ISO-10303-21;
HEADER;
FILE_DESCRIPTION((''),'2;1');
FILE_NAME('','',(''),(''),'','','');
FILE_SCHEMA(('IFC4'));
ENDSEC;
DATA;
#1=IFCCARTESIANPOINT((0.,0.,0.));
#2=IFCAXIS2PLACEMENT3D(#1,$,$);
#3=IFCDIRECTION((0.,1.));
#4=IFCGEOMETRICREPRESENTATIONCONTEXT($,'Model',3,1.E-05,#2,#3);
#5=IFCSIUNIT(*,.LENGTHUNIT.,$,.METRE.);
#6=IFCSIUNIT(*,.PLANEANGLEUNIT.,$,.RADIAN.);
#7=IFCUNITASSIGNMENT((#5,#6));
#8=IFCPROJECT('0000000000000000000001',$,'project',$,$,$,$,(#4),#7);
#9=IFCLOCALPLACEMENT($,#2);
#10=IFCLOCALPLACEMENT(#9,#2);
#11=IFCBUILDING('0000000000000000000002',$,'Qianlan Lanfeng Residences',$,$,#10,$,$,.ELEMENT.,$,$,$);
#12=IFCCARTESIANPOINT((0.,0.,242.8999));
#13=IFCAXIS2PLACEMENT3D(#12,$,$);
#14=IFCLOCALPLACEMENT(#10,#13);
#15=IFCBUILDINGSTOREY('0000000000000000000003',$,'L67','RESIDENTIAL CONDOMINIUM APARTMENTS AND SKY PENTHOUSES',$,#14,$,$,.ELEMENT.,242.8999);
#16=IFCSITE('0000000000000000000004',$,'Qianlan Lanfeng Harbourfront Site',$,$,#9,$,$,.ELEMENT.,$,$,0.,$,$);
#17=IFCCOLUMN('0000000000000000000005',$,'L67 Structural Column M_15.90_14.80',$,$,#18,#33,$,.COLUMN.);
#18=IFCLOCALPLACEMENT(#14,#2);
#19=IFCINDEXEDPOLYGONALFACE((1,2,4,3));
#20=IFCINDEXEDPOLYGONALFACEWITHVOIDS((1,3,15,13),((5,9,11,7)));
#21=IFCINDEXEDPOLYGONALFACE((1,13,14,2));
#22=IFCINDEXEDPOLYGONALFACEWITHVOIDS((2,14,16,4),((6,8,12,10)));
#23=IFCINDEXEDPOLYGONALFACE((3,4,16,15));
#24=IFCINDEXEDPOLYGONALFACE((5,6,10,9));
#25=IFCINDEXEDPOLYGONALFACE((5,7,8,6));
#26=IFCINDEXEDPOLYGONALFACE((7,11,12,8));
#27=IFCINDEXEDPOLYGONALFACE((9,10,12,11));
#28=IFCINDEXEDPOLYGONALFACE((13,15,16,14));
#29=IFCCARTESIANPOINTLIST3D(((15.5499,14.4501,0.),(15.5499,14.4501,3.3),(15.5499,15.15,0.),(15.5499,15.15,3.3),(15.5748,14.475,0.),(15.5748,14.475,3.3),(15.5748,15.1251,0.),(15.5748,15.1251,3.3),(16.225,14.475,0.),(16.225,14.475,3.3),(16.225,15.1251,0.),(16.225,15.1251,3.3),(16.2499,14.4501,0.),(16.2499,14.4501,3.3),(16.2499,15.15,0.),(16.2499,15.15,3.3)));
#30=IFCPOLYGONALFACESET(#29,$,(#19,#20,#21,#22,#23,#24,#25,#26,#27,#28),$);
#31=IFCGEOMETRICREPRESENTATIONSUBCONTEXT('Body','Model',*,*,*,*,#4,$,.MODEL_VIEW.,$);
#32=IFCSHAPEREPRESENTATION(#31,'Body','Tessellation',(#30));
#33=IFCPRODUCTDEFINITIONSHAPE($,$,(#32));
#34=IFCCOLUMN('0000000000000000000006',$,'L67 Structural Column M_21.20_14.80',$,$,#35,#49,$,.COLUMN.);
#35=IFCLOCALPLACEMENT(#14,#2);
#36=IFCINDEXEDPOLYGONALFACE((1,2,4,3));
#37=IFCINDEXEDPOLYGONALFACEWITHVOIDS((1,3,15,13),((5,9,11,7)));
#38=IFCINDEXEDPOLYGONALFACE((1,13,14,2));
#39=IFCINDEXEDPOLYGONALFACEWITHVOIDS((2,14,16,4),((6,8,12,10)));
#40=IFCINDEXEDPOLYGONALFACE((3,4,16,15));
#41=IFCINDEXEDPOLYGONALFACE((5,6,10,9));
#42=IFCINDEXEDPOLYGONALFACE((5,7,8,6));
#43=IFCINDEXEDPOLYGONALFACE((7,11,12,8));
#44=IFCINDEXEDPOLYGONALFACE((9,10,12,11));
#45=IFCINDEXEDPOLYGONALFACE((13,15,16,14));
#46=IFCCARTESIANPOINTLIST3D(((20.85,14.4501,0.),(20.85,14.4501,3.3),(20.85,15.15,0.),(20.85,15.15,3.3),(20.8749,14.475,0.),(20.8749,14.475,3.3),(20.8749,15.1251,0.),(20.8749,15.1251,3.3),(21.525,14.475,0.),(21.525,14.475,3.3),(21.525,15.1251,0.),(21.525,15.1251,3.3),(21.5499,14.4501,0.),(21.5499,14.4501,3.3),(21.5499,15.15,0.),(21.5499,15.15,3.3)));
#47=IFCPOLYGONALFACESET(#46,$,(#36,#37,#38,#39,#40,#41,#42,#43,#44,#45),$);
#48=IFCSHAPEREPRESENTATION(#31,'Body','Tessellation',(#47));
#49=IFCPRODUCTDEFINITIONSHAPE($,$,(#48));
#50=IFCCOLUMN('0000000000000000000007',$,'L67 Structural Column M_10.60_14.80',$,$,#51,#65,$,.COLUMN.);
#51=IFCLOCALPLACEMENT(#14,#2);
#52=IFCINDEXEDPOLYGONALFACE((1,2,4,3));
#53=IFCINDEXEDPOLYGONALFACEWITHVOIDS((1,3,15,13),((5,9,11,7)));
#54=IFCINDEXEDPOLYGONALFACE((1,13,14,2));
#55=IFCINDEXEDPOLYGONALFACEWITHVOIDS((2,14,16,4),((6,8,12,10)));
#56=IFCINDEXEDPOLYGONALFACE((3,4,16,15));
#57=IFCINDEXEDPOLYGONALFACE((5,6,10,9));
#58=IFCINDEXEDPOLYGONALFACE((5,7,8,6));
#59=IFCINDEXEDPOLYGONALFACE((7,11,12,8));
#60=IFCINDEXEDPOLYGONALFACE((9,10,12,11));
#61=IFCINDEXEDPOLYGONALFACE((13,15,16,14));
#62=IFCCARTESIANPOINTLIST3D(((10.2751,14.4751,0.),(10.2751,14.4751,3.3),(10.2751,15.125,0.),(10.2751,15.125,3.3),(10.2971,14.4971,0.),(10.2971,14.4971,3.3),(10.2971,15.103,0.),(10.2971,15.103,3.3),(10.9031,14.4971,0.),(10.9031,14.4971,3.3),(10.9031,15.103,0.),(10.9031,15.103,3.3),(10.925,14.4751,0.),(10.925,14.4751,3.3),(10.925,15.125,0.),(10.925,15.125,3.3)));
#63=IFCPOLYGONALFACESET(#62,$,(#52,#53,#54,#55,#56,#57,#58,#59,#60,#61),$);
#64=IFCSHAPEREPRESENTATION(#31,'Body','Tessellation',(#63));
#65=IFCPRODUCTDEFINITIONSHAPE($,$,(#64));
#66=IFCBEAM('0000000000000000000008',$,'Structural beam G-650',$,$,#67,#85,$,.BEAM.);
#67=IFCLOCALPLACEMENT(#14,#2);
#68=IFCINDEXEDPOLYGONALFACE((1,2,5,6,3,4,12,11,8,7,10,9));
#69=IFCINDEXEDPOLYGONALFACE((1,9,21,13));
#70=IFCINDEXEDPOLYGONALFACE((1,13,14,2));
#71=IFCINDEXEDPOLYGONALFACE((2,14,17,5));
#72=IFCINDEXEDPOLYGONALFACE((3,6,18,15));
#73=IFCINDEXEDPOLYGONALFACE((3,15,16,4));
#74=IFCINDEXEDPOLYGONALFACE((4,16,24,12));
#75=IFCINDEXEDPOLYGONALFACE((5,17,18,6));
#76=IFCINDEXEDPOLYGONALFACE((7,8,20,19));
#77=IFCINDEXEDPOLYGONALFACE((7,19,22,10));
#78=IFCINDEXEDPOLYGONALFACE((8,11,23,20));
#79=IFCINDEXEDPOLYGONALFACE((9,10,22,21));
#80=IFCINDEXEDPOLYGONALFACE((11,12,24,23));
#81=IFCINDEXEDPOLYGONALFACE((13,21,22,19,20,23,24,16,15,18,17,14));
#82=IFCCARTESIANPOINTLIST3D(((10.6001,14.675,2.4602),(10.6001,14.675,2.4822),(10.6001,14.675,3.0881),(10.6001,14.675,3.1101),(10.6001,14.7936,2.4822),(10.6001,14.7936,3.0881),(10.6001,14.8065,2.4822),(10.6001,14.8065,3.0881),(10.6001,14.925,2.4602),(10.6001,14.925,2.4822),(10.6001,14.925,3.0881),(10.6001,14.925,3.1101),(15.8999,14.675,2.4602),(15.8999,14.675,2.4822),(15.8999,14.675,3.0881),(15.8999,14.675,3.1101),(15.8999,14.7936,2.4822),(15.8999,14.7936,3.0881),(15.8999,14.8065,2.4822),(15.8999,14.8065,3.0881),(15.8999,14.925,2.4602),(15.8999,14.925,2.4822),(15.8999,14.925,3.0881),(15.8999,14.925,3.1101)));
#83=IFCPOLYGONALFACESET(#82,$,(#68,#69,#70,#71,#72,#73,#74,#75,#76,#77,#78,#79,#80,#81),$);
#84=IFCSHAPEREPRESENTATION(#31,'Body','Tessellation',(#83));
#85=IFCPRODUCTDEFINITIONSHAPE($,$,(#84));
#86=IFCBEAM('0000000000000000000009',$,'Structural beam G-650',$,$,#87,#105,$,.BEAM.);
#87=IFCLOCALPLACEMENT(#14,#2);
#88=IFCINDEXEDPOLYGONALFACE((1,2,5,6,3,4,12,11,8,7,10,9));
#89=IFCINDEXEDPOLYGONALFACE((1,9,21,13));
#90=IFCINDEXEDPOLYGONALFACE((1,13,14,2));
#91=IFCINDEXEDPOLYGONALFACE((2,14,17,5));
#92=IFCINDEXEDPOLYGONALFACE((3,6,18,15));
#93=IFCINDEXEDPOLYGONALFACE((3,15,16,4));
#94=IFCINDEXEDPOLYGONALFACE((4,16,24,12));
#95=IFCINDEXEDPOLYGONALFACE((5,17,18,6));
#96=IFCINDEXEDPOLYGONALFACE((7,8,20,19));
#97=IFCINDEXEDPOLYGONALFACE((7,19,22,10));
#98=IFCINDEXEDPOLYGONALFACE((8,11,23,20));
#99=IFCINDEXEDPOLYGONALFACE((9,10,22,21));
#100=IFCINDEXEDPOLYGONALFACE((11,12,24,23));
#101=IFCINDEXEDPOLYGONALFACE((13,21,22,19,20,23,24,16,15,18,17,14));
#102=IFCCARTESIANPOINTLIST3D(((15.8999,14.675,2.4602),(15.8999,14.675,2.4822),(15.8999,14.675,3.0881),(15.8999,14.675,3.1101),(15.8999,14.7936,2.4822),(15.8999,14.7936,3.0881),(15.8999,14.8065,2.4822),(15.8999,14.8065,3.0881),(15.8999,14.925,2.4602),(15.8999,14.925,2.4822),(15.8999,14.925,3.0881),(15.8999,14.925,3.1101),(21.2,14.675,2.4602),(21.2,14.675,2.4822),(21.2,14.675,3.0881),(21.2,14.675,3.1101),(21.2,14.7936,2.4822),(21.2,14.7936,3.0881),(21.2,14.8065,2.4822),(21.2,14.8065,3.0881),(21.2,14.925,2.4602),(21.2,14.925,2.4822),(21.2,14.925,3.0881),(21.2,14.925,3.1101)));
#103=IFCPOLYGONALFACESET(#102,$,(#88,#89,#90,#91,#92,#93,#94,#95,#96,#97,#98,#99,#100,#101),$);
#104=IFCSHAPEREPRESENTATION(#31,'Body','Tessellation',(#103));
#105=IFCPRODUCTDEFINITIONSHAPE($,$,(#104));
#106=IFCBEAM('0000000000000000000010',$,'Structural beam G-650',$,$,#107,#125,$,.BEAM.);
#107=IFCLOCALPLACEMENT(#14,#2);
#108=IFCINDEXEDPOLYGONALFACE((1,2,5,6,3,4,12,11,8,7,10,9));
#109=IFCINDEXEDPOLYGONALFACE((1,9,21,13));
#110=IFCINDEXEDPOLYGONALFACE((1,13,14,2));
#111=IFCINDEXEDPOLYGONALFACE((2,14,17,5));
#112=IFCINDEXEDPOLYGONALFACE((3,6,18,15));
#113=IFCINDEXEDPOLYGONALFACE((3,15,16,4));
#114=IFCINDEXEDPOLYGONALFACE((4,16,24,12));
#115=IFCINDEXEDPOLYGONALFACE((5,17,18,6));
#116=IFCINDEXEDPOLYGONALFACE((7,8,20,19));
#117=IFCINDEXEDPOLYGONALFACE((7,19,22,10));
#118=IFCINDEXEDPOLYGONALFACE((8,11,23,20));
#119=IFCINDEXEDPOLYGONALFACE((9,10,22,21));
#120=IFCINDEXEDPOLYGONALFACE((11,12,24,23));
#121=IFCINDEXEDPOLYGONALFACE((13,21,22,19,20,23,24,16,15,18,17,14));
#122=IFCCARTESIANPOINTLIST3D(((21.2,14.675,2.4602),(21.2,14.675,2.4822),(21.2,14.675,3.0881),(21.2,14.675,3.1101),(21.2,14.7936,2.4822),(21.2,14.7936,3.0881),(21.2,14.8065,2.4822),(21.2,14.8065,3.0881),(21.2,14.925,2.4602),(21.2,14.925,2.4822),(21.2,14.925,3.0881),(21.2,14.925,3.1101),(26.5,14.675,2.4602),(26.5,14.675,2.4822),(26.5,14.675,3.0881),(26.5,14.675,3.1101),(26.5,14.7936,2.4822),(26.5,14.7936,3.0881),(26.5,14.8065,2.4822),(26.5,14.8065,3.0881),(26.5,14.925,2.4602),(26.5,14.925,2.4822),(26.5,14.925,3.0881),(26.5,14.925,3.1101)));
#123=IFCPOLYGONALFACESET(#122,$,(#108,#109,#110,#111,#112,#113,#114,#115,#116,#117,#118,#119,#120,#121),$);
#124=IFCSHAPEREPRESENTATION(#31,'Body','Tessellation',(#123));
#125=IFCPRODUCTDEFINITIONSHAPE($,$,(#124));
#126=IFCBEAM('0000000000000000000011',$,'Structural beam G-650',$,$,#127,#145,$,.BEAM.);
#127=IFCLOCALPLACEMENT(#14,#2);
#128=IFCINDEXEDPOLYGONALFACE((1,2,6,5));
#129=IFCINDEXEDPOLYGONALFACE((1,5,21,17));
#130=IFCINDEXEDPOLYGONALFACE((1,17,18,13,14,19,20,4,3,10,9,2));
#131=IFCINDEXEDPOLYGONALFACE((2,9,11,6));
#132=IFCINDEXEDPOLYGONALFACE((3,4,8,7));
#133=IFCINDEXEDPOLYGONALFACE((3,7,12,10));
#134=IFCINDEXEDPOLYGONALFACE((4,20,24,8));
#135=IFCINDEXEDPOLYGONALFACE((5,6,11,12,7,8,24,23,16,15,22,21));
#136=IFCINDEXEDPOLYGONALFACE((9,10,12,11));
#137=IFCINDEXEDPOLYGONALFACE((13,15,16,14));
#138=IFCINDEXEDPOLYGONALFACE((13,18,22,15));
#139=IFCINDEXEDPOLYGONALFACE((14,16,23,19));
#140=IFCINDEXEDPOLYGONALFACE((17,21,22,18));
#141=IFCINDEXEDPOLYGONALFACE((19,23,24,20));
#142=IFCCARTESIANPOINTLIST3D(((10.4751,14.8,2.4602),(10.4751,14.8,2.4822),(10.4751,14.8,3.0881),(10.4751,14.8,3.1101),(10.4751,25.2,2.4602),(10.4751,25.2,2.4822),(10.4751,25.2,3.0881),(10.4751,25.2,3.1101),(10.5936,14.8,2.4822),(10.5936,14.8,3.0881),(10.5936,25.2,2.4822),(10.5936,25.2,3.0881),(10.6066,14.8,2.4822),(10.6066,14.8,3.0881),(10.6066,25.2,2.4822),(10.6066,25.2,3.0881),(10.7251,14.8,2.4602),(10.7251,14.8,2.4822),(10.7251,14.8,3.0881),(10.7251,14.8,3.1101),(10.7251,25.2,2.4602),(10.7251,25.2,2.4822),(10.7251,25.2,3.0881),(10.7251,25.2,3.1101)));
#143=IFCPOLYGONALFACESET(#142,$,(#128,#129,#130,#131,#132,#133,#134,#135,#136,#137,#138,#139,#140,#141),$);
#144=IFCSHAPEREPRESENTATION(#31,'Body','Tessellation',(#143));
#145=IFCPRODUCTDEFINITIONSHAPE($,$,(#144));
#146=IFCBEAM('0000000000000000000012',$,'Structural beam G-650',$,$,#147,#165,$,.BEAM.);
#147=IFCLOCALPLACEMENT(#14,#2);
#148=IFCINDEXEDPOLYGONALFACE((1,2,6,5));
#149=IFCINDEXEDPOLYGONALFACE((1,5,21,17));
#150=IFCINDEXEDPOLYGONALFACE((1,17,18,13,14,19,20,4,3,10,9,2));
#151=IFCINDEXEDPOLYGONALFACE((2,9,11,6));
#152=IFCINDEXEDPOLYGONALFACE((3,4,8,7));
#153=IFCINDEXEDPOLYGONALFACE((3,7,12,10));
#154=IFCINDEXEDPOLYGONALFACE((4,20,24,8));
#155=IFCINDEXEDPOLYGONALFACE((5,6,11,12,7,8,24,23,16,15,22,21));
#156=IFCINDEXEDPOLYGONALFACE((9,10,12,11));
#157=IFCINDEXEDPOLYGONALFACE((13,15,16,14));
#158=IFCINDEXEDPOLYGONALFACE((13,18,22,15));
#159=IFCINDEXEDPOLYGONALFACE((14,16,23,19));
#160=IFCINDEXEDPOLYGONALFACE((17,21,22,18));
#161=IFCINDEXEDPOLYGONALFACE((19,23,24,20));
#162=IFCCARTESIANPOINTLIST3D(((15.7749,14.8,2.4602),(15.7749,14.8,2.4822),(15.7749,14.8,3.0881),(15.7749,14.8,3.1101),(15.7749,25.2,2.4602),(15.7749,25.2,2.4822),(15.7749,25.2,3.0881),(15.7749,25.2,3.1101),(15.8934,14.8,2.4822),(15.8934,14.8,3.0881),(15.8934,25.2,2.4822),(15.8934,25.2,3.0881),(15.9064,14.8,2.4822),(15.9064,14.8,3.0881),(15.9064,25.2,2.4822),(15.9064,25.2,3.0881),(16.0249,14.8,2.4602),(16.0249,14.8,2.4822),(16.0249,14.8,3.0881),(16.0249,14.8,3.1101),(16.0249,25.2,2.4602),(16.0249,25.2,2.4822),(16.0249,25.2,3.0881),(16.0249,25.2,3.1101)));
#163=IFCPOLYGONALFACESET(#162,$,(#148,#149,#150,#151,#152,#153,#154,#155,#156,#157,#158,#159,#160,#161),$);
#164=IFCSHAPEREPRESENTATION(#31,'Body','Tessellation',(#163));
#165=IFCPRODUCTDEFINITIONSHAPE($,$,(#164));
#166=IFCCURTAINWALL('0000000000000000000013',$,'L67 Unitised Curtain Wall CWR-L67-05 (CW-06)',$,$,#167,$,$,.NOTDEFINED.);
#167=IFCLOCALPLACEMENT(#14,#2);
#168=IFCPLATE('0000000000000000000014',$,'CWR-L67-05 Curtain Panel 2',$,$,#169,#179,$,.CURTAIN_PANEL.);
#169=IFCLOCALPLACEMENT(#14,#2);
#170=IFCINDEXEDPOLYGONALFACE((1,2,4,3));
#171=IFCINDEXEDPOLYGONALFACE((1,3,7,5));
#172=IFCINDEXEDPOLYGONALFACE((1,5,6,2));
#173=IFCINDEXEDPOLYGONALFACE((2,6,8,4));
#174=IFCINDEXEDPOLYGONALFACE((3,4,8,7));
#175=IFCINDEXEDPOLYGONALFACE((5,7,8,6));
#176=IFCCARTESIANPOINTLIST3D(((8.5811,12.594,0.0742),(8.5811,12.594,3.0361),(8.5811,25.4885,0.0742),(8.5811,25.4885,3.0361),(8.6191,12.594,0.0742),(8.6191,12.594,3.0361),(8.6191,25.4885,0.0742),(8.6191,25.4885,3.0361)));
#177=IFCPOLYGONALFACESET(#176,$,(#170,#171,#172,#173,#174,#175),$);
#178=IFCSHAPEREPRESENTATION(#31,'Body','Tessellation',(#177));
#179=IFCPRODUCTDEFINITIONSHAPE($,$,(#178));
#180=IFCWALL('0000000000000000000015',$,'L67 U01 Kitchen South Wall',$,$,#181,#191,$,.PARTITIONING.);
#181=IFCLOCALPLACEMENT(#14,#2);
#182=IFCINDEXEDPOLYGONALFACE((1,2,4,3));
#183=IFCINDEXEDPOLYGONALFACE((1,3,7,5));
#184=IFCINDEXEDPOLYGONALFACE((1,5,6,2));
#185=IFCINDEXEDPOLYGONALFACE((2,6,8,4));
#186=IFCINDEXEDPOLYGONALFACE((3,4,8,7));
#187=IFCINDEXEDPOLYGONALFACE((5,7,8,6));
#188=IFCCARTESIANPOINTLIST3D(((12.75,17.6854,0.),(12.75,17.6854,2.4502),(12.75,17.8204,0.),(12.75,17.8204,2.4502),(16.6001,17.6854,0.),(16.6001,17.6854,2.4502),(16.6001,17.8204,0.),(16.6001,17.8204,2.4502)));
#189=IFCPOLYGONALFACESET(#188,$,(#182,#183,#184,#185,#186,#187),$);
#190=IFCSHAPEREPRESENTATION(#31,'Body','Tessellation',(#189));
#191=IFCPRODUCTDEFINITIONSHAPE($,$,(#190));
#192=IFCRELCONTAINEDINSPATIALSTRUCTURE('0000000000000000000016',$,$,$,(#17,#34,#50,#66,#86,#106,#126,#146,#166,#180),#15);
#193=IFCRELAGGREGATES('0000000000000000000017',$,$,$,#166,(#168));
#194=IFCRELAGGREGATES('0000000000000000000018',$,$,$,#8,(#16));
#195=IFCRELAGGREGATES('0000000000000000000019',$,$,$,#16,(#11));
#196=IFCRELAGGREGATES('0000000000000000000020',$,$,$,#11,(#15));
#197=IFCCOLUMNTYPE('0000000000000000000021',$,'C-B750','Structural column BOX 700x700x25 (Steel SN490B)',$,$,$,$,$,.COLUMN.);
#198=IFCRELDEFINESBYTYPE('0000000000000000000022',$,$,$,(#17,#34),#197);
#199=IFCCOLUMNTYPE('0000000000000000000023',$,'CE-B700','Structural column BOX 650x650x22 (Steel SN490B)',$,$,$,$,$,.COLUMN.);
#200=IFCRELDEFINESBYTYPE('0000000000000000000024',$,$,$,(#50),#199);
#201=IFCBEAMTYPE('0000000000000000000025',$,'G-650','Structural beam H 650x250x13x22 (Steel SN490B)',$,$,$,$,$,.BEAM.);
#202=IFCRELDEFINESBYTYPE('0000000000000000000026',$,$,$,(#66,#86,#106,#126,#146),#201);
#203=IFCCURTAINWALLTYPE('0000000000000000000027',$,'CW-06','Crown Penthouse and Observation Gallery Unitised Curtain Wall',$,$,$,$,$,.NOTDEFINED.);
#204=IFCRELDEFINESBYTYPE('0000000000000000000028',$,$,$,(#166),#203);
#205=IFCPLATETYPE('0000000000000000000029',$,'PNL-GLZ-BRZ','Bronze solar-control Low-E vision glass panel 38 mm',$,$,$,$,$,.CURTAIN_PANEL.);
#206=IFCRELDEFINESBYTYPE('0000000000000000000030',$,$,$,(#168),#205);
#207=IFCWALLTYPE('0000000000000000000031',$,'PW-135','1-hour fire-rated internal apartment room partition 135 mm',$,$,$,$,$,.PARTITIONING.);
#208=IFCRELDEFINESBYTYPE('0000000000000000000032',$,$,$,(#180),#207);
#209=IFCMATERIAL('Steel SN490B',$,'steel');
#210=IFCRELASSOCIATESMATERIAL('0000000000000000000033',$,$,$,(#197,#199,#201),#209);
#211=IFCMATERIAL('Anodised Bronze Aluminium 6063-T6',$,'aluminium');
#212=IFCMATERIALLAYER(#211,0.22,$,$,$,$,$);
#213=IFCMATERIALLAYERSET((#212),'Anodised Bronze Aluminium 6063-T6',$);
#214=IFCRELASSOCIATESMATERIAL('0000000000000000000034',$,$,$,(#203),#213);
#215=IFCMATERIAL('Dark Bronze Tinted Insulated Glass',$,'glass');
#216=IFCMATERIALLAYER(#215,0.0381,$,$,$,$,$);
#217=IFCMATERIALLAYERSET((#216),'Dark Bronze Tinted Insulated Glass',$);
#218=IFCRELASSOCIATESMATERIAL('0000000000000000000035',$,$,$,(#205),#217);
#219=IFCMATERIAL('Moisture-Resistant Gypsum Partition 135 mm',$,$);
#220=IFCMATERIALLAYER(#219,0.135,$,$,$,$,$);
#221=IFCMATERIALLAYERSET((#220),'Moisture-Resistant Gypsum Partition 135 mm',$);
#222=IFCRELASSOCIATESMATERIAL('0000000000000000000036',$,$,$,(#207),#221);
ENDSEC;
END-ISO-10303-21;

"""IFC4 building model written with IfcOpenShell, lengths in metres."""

from ifc_helpers import new_model, si_unit, direction, frame, frame_2d, origin, origin_2d, place, context, subcontext, project, spatial, rectangle, hollow_rectangle, i_section, extrude, source, transform, mapped, material, layer, layer_set, material_profile, profile_set, type_object, element, aggregate, save


model = new_model("IFC4")

# Units and contexts
model_context = context("Model", 3, precision=1e-05, world=origin(), true_north=direction((0.0, 1.0)))
body_context = subcontext(model_context, "Body", "Model", "MODEL_VIEW")
ifc_project = project(units=[si_unit("LENGTHUNIT", "METRE"), si_unit("PLANEANGLEUNIT", "RADIAN")], contexts=[model_context])

# Site, building, storey
site_placement = place(None, origin())
site = spatial("IfcSite", under=ifc_project, at=site_placement, Name="Qianlan Lanfeng Harbourfront Site", CompositionType="ELEMENT", RefElevation=0.0)
building_placement = place(site_placement, origin())
building = spatial("IfcBuilding", under=site, at=building_placement, Name="Qianlan Lanfeng Residences", CompositionType="ELEMENT")
storey_placement = place(building_placement, frame((0.0, 0.0, 242.8999)))
storey = spatial("IfcBuildingStorey", under=building, at=storey_placement, Name="L67", Description="RESIDENTIAL CONDOMINIUM APARTMENTS AND SKY PENTHOUSES", CompositionType="ELEMENT", Elevation=242.8999)

# Columns
ifc_material_1 = material(Name="Steel SN490B", Category="steel")
ifc_material_profile_1 = material_profile(ifc_material_1, hollow_rectangle(XDim=0.7, YDim=0.7, WallThickness=0.0249, at=origin_2d()), Name="BOX 700x700x25")
ifc_profile_set_1 = profile_set([ifc_material_profile_1], Name="Steel SN490B")
column_type_1 = type_object("IfcColumnType", Name="C-B750", Description="Structural column BOX 700x700x25 (Steel SN490B)", PredefinedType="COLUMN", material=ifc_profile_set_1)
for number, where, z_axis, x_axis, name in (
    (1, (15.8999, 14.8, 0.0), (0.0, 0.0, 1.0), (1.0, 0.0, 0.0), "L67 Structural Column M_15.90_14.80"),
    (2, (21.2, 14.8, 0.0), (0.0, 0.0, 1.0), (1.0, 0.0, 0.0), "L67 Structural Column M_21.20_14.80"),
):
    element("IfcColumn", number, at=place(storey_placement, frame(where, z_axis=z_axis, x_axis=x_axis)), inside=storey, type_object=column_type_1, Name=name, PredefinedType="COLUMN", context=body_context, shape_type="SweptSolid", body=[
        extrude(hollow_rectangle(XDim=0.7, YDim=0.7, WallThickness=0.0249, at=origin_2d()), origin(), (0.0, 0.0, 1.0), 3.3),
    ])
ifc_material_profile_2 = material_profile(ifc_material_1, hollow_rectangle(XDim=0.6499, YDim=0.6499, WallThickness=0.022, at=origin_2d()), Name="BOX 650x650x22")
ifc_profile_set_2 = profile_set([ifc_material_profile_2], Name="Steel SN490B")
column_type_2 = type_object("IfcColumnType", Name="CE-B700", Description="Structural column BOX 650x650x22 (Steel SN490B)", PredefinedType="COLUMN", material=ifc_profile_set_2)
column_placement = place(storey_placement, frame((10.6001, 14.8, 0.0), z_axis=(0.0, 0.0, 1.0), x_axis=(1.0, 0.0, 0.0)))
element("IfcColumn", 3, at=column_placement, inside=storey, type_object=column_type_2, Name="L67 Structural Column M_10.60_14.80", PredefinedType="COLUMN", context=body_context, shape_type="SweptSolid", body=[
    extrude(hollow_rectangle(XDim=0.6499, YDim=0.6499, WallThickness=0.022, at=origin_2d()), origin(), (0.0, 0.0, 1.0), 3.3),
])

# Beams
ifc_material_profile_3 = material_profile(ifc_material_1, i_section(OverallWidth=0.25, OverallDepth=0.6499, WebThickness=0.0129, FlangeThickness=0.022, at=origin_2d()), Name="H 650x250x13x22")
ifc_profile_set_3 = profile_set([ifc_material_profile_3], Name="Steel SN490B")
beam_type = type_object("IfcBeamType", Name="G-650", Description="Structural beam H 650x250x13x22 (Steel SN490B)", PredefinedType="BEAM", material=ifc_profile_set_3)
beam_placement = place(storey_placement, frame((10.6001, 14.8, 2.7852), z_axis=(1.0, 0.0, 0.0), x_axis=(0.0, 1.0, 0.0)))
element("IfcBeam", 4, at=beam_placement, inside=storey, type_object=beam_type, Name="Structural beam G-650", PredefinedType="BEAM", context=body_context, shape_type="SweptSolid", body=[
    extrude(i_section(OverallWidth=0.25, OverallDepth=0.6499, WebThickness=0.0129, FlangeThickness=0.022, at=origin_2d()), origin(), (0.0, 0.0, 1.0), 5.2998),
])
for number, where, z_axis, x_axis, name in (
    (5, (15.8999, 14.8, 2.7852), (1.0, 0.0, 0.0), (0.0, 1.0, 0.0), "Structural beam G-650"),
    (6, (21.2, 14.8, 2.7852), (1.0, 0.0, 0.0), (0.0, 1.0, 0.0), "Structural beam G-650"),
):
    element("IfcBeam", number, at=place(storey_placement, frame(where, z_axis=z_axis, x_axis=x_axis)), inside=storey, type_object=beam_type, Name=name, PredefinedType="BEAM", context=body_context, shape_type="SweptSolid", body=[
        extrude(i_section(OverallWidth=0.25, OverallDepth=0.6499, WebThickness=0.0129, FlangeThickness=0.022, at=origin_2d()), origin(), (0.0, 0.0, 1.0), 5.3),
    ])
for number, where, z_axis, x_axis, name in (
    (7, (10.6001, 14.8, 2.7852), (0.0, 1.0, 0.0), (-1.0, 0.0, 0.0), "Structural beam G-650"),
    (8, (15.8999, 14.8, 2.7852), (0.0, 1.0, 0.0), (-1.0, 0.0, 0.0), "Structural beam G-650"),
):
    element("IfcBeam", number, at=place(storey_placement, frame(where, z_axis=z_axis, x_axis=x_axis)), inside=storey, type_object=beam_type, Name=name, PredefinedType="BEAM", context=body_context, shape_type="SweptSolid", body=[
        extrude(i_section(OverallWidth=0.25, OverallDepth=0.6499, WebThickness=0.0129, FlangeThickness=0.022, at=origin_2d()), origin(), (0.0, 0.0, 1.0), 10.3999),
    ])

# Curtain wall, plate
ifc_material_2 = material(Name="Anodised Bronze Aluminium 6063-T6", Category="aluminium")
ifc_layer_1 = layer(ifc_material_2, 0.22)
ifc_layer_set_1 = layer_set([ifc_layer_1], Name="Anodised Bronze Aluminium 6063-T6")
curtain_wall_type = type_object("IfcCurtainWallType", Name="CW-06", Description="Crown Penthouse and Observation Gallery Unitised Curtain Wall", PredefinedType="NOTDEFINED", material=ifc_layer_set_1)
curtain_wall_placement = place(storey_placement, origin())
curtain_wall = element("IfcCurtainWall", 9, at=curtain_wall_placement, inside=storey, type_object=curtain_wall_type, Name="L67 Unitised Curtain Wall CWR-L67-05 (CW-06)", PredefinedType="NOTDEFINED")
ifc_material_3 = material(Name="Dark Bronze Tinted Insulated Glass", Category="glass")
ifc_layer_2 = layer(ifc_material_3, 0.0381)
ifc_layer_set_2 = layer_set([ifc_layer_2], Name="Dark Bronze Tinted Insulated Glass")
plate_type = type_object("IfcPlateType", Name="PNL-GLZ-BRZ", Description="Bronze solar-control Low-E vision glass panel 38 mm", PredefinedType="CURTAIN_PANEL", material=ifc_layer_set_2)
shared_shape = source(origin(), body_context, "Body", "SweptSolid", [
    extrude(rectangle(XDim=12.8945, YDim=0.0381, at=origin_2d()), origin(), (0.0, 0.0, 1.0), 2.9619),
])
plate_placement = place(storey_placement, frame((8.6001, 19.0413, 0.0742), z_axis=(0.0, 0.0, 1.0), x_axis=(0.0, -1.0, 0.0)))
plate = element("IfcPlate", 10, at=plate_placement, type_object=plate_type, Name="CWR-L67-05 Curtain Panel 2", PredefinedType="CURTAIN_PANEL", context=body_context, shape_type="MappedRepresentation", body=[
    mapped(shared_shape, transform((0.0, 0.0, 0.0), scale=1.0)),
])
aggregate(curtain_wall, [plate])

# Shared definitions
ifc_material_4 = material(Name="Moisture-Resistant Gypsum Partition 135 mm")
ifc_layer_3 = layer(ifc_material_4, 0.135)
ifc_layer_set_3 = layer_set([ifc_layer_3], Name="Moisture-Resistant Gypsum Partition 135 mm")
wall_type_1 = type_object("IfcWallType", Name="PW-135", Description="1-hour fire-rated internal apartment room partition 135 mm", PredefinedType="PARTITIONING", material=ifc_layer_set_3)

# Wall
wall_1_placement = place(storey_placement, frame((12.75, 17.7529, 0.0), z_axis=(0.0, 0.0, 1.0), x_axis=(1.0, 0.0, 0.0)))
element("IfcWall", 11, at=wall_1_placement, inside=storey, type_object=wall_type_1, Name="L67 U01 Kitchen South Wall", PredefinedType="PARTITIONING", context=body_context, shape_type="SweptSolid", body=[
    extrude(rectangle(XDim=3.8501, YDim=0.135, at=frame_2d((1.925, 0.0))), origin(), (0.0, 0.0, 1.0), 2.4502),
])

save(model, "model.ifc")
